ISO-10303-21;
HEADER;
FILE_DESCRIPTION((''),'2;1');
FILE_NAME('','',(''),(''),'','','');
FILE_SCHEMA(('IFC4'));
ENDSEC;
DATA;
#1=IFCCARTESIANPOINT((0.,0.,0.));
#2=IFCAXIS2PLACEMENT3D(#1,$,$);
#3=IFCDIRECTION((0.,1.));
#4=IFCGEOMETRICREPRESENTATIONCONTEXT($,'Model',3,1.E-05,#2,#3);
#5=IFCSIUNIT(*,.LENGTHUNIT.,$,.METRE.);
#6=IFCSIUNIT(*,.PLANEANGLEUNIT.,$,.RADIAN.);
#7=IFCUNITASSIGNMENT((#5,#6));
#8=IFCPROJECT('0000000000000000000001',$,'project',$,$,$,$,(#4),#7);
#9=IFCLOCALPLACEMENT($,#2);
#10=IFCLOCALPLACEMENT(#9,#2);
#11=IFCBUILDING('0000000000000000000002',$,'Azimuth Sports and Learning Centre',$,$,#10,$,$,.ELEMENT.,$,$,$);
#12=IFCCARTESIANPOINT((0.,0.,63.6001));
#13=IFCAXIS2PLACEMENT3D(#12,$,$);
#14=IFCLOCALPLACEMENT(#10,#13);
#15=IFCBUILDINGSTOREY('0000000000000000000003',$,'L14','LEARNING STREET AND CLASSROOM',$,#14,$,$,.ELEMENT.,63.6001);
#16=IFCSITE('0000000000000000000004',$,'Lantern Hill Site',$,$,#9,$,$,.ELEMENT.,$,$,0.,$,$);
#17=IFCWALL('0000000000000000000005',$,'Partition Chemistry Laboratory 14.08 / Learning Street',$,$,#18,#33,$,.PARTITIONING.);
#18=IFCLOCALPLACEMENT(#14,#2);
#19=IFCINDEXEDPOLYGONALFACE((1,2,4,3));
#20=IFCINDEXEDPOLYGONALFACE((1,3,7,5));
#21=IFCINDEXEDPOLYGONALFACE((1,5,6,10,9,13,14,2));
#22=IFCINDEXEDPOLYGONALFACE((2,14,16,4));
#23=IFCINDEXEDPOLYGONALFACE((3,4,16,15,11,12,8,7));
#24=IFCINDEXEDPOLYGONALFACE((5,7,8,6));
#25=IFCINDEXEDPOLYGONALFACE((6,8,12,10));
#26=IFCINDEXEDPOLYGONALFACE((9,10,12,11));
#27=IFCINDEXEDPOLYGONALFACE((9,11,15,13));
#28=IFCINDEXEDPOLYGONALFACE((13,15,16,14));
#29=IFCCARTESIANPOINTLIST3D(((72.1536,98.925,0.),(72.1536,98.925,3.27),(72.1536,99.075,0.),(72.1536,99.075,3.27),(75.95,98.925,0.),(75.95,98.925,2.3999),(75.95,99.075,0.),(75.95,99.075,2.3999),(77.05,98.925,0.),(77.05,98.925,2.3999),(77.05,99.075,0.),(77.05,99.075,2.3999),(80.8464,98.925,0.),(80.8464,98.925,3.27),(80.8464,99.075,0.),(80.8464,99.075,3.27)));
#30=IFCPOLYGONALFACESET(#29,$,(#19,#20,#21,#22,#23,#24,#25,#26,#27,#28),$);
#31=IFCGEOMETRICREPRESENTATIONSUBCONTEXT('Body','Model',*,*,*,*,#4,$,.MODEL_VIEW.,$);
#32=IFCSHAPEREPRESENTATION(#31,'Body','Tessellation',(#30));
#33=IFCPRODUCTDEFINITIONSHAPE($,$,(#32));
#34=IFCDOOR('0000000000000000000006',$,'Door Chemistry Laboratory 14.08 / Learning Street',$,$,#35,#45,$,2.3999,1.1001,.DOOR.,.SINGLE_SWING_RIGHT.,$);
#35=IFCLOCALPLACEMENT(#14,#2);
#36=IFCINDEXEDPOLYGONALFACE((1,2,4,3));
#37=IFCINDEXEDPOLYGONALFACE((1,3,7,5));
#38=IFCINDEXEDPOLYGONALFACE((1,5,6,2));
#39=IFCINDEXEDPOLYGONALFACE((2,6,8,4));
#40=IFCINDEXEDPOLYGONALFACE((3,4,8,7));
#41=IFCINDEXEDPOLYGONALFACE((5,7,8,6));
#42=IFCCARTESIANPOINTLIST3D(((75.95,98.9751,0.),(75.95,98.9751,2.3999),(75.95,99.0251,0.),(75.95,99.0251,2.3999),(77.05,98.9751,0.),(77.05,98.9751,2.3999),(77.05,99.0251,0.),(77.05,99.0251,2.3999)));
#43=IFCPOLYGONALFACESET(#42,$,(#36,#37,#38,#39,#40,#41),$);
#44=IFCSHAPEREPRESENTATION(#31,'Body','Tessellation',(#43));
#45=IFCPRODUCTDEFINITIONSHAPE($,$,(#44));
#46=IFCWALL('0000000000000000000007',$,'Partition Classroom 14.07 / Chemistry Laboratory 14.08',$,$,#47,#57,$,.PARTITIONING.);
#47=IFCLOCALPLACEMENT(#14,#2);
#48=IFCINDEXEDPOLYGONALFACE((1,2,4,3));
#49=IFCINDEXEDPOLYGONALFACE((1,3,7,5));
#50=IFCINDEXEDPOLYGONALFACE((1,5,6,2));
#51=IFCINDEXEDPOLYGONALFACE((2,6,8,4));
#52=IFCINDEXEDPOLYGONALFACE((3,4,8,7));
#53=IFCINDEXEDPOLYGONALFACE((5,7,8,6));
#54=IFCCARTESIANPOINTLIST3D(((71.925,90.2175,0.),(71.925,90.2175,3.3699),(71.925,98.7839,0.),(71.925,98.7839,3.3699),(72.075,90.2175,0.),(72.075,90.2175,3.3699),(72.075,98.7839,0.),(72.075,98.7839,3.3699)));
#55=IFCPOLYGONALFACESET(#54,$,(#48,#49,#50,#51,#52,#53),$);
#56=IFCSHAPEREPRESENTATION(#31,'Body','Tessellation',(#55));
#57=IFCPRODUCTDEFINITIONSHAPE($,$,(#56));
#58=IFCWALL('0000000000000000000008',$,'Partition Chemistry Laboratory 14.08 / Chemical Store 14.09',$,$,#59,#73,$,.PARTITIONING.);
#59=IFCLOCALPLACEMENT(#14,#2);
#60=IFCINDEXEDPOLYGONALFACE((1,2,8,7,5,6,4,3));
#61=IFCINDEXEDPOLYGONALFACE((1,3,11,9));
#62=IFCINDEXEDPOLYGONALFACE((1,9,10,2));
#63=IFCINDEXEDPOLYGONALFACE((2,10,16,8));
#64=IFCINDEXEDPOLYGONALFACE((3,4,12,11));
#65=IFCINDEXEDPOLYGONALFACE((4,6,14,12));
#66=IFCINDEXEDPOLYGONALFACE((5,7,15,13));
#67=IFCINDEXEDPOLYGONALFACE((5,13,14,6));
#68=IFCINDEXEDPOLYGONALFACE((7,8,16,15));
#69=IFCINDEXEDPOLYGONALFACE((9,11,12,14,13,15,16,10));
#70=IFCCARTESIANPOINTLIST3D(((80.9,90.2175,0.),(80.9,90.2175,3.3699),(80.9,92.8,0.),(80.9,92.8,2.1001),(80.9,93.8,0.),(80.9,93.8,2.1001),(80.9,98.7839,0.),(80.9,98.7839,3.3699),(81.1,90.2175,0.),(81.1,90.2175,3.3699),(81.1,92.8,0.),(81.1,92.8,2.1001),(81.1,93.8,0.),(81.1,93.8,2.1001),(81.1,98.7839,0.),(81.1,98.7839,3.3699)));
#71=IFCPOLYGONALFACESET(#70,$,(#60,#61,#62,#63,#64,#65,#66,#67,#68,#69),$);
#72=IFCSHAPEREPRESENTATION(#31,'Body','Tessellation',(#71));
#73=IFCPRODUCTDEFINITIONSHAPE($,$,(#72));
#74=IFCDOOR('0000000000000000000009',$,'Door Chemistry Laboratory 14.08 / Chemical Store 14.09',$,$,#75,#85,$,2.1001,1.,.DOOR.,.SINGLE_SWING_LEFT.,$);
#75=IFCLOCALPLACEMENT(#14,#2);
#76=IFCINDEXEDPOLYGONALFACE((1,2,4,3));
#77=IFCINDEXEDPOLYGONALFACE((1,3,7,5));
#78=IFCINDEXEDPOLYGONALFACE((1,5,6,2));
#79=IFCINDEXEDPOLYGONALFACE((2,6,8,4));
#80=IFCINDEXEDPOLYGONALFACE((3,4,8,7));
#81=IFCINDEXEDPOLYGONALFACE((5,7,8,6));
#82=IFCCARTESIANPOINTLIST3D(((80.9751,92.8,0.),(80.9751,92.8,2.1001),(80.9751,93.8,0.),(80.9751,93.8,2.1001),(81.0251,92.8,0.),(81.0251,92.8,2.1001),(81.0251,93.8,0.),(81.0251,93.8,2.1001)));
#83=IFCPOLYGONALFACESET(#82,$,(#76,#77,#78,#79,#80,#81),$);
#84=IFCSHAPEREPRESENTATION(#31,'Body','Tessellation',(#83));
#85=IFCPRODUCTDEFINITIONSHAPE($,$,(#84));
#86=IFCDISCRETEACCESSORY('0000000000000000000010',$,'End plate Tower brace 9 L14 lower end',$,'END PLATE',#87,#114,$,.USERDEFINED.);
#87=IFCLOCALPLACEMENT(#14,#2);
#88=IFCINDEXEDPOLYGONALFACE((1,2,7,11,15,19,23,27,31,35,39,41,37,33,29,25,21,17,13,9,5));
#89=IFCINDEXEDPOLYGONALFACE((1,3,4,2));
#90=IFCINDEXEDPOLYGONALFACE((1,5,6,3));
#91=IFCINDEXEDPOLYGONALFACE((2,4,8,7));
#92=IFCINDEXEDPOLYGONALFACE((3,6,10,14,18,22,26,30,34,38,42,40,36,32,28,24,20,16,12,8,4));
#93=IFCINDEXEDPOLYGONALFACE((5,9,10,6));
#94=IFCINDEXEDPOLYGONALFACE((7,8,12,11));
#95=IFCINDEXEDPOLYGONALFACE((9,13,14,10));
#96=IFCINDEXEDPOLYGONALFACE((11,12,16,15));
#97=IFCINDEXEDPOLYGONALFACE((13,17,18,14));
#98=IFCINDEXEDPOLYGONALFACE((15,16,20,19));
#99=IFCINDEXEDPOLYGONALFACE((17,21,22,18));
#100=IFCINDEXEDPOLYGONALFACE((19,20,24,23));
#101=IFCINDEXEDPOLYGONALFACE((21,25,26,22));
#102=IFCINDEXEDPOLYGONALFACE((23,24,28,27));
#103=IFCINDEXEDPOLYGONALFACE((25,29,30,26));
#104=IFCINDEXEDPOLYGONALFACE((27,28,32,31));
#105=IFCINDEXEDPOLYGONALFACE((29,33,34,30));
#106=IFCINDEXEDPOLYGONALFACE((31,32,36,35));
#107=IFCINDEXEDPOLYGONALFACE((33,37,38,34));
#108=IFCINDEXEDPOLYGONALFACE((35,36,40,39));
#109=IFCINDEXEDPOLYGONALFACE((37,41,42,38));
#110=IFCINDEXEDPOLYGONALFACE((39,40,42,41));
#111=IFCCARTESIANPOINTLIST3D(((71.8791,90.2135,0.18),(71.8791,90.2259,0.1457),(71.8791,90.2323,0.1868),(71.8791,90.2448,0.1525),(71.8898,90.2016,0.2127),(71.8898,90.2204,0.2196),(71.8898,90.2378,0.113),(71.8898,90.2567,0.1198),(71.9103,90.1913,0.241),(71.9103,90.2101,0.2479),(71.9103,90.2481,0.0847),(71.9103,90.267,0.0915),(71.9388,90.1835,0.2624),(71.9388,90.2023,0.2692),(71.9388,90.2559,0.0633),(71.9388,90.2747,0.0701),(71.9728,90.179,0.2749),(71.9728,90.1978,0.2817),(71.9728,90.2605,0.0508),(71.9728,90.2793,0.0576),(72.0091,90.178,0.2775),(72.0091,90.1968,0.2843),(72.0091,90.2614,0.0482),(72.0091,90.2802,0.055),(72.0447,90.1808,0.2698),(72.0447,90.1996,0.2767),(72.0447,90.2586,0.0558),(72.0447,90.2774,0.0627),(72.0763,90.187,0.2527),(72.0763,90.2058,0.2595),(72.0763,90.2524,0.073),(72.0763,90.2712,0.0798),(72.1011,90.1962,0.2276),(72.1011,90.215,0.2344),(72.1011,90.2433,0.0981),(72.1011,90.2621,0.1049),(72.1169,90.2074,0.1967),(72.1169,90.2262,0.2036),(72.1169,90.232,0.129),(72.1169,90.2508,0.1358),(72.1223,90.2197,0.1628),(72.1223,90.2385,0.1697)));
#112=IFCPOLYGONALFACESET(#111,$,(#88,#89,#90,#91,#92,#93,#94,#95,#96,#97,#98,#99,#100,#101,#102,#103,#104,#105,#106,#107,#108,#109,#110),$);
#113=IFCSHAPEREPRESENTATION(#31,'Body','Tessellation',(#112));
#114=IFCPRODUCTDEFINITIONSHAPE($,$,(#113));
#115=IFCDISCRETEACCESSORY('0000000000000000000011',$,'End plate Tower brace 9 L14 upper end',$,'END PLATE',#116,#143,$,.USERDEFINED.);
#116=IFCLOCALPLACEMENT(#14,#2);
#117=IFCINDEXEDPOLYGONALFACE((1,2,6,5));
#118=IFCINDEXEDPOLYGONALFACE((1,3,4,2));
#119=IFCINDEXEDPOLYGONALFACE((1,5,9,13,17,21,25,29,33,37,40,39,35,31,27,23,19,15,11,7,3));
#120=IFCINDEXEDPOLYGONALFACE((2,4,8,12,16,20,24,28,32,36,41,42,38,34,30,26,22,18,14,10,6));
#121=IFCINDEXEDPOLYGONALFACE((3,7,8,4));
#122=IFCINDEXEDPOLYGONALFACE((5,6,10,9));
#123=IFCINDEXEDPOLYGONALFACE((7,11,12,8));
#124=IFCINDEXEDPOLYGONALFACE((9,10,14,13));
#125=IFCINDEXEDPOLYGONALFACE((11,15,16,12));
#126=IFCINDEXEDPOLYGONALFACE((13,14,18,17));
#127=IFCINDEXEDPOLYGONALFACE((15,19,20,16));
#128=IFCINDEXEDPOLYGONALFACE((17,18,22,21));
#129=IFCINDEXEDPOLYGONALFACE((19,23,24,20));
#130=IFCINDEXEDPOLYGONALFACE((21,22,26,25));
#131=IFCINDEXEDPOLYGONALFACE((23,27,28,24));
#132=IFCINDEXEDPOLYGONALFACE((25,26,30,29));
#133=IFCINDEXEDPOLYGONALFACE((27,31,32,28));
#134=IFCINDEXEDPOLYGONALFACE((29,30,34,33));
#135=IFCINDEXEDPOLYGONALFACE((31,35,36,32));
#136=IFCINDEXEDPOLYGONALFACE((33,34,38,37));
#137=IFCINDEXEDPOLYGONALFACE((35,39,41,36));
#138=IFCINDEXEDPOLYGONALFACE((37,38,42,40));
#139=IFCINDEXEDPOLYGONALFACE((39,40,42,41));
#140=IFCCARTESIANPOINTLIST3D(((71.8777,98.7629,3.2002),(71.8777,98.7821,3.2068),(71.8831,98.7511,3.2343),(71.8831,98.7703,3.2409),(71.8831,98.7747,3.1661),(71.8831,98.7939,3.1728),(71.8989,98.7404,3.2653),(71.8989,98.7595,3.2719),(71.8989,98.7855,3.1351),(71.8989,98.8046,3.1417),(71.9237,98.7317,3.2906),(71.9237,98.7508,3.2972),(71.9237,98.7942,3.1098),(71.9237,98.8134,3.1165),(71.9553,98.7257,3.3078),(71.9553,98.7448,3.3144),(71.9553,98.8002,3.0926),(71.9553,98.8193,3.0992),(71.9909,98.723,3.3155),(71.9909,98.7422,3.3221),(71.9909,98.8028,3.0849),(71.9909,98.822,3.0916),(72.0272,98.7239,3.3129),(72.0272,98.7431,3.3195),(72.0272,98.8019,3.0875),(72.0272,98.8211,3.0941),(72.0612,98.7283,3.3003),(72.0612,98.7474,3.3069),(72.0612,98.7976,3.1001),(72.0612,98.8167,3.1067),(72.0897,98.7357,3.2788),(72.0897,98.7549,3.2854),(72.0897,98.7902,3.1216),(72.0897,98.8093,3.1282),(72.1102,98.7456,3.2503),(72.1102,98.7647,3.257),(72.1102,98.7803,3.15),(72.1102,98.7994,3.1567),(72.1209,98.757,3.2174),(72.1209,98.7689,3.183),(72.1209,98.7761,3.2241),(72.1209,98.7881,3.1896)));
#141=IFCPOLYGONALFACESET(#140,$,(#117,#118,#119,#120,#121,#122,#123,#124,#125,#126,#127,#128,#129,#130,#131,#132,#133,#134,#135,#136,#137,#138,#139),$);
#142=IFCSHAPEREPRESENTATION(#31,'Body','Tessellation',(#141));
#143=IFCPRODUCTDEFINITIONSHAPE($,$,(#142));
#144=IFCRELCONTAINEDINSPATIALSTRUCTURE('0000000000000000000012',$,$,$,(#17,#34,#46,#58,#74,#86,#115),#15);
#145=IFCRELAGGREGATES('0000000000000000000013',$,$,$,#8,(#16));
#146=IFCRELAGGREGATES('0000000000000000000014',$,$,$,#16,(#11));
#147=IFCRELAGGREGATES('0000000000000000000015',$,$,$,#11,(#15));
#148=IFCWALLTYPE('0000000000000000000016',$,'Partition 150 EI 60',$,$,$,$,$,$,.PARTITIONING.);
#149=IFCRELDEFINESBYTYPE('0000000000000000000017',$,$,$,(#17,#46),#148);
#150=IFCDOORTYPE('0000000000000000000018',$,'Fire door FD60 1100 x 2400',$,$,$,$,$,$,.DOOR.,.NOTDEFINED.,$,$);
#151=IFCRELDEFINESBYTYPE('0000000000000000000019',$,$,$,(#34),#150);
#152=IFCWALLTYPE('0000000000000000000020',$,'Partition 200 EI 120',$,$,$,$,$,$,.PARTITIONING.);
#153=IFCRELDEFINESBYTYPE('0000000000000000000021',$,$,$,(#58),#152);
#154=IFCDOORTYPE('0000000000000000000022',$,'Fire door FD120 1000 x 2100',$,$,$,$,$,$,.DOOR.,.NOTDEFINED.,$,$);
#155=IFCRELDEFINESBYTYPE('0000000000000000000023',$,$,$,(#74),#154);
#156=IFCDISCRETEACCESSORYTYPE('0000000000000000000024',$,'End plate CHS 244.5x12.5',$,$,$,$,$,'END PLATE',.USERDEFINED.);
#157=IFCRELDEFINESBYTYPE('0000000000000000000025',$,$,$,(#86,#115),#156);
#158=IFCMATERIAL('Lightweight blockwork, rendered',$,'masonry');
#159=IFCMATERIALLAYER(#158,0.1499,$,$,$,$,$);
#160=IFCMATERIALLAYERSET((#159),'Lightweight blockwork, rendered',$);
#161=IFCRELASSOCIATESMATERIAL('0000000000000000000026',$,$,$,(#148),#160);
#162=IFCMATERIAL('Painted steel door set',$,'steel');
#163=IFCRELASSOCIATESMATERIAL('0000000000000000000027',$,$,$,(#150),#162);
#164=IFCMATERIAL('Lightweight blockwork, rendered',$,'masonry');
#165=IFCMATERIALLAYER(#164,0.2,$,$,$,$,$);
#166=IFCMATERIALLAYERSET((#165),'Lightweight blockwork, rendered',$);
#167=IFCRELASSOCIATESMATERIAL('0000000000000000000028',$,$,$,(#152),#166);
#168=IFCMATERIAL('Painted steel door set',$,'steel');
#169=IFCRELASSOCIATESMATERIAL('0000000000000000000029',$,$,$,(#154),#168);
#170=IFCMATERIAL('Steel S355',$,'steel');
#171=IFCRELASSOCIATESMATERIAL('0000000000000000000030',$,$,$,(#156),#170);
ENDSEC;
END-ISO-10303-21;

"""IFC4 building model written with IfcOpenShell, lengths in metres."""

from ifc_helpers import new_model, si_unit, direction, frame, frame_2d, origin, origin_2d, place, context, subcontext, project, spatial, rectangle, circle, extrude, material, layer, layer_set, material_profile, profile_set, type_object, element, fill, save


model = new_model("IFC4")

# Units and contexts
model_context = context("Model", 3, precision=1e-05, world=origin(), true_north=direction((0.0, 1.0)))
body_context = subcontext(model_context, "Body", "Model", "MODEL_VIEW")
ifc_project = project(units=[si_unit("LENGTHUNIT", "METRE"), si_unit("PLANEANGLEUNIT", "RADIAN")], contexts=[model_context])

# Site, building, storey
site_placement = place(None, origin())
site = spatial("IfcSite", under=ifc_project, at=site_placement, Name="Lantern Hill Site", CompositionType="ELEMENT", RefElevation=0.0)
building_placement = place(site_placement, origin())
building = spatial("IfcBuilding", under=site, at=building_placement, Name="Azimuth Sports and Learning Centre", CompositionType="ELEMENT")
storey_placement = place(building_placement, frame((0.0, 0.0, 63.6001)))
storey = spatial("IfcBuildingStorey", under=building, at=storey_placement, Name="L14", Description="LEARNING STREET AND CLASSROOM", CompositionType="ELEMENT", Elevation=63.6001)

# Wall, opening, door
ifc_material_1 = material(Name="Lightweight blockwork, rendered", Category="masonry")
ifc_layer_1 = layer(ifc_material_1, 0.1499)
ifc_layer_set_1 = layer_set([ifc_layer_1], Name="Lightweight blockwork, rendered")
wall_type_1 = type_object("IfcWallType", Name="Partition 150 EI 60", PredefinedType="PARTITIONING", material=ifc_layer_set_1)
wall_1_placement = place(storey_placement, frame((72.1536, 99.0, 0.0), z_axis=(0.0, 0.0, 1.0), x_axis=(1.0, 0.0, 0.0)))
wall_1 = element("IfcWall", 1, at=wall_1_placement, inside=storey, type_object=wall_type_1, Name="Partition Chemistry Laboratory 14.08 / Learning Street", PredefinedType="PARTITIONING", context=body_context, shape_type="SweptSolid", body=[
    extrude(rectangle(XDim=8.6929, YDim=0.1499, at=frame_2d((4.3464, 0.0))), origin(), (0.0, 0.0, 1.0), 3.27),
])
opening_1_placement = place(wall_1_placement, frame((3.7964, 0.0, 0.0)))
opening_1 = element("IfcOpeningElement", 2, at=opening_1_placement, cuts=wall_1, PredefinedType="OPENING", context=body_context, shape_type="SweptSolid", body=[
    extrude(rectangle(XDim=1.1001, YDim=2.3999, at=frame_2d((0.55, 1.2))), frame((0.0, 0.0859, 0.0), z_axis=(0.0, -1.0, 0.0), x_axis=(1.0, 0.0, 0.0)), (0.0, 0.0, 1.0), 0.1719),
])
ifc_material_2 = material(Name="Painted steel door set", Category="steel")
door_type_1 = type_object("IfcDoorType", Name="Fire door FD60 1100 x 2400", OperationType="NOTDEFINED", PredefinedType="DOOR", material=ifc_material_2)
door_1_placement = place(opening_1_placement, frame((1.1001, 0.0, 0.0), z_axis=(0.0, 0.0, 1.0), x_axis=(-1.0, 0.0, 0.0)))
door_1 = element("IfcDoor", 3, at=door_1_placement, inside=storey, type_object=door_type_1, Name="Door Chemistry Laboratory 14.08 / Learning Street", OperationType="SINGLE_SWING_RIGHT", OverallHeight=2.3999, OverallWidth=1.1001, PredefinedType="DOOR", context=body_context, shape_type="SweptSolid", body=[
    extrude(rectangle(XDim=1.1001, YDim=2.3999, at=frame_2d((0.55, 1.2))), frame((0.0, 0.0249, 0.0), z_axis=(0.0, -1.0, 0.0), x_axis=(1.0, 0.0, 0.0)), (0.0, 0.0, 1.0), 0.05),
])
fill(opening_1, door_1)

# Wall
wall_2_placement = place(storey_placement, frame((72.0, 90.2175, 0.0), z_axis=(0.0, 0.0, 1.0), x_axis=(0.0, 1.0, 0.0)))
element("IfcWall", 4, at=wall_2_placement, inside=storey, type_object=wall_type_1, Name="Partition Classroom 14.07 / Chemistry Laboratory 14.08", PredefinedType="PARTITIONING", context=body_context, shape_type="SweptSolid", body=[
    extrude(rectangle(XDim=8.5664, YDim=0.1499, at=frame_2d((4.2832, 0.0))), origin(), (0.0, 0.0, 1.0), 3.3699),
])

# Wall, opening, door
ifc_material_3 = material(Name="Lightweight blockwork, rendered", Category="masonry")
ifc_layer_2 = layer(ifc_material_3, 0.2)
ifc_layer_set_2 = layer_set([ifc_layer_2], Name="Lightweight blockwork, rendered")
wall_type_2 = type_object("IfcWallType", Name="Partition 200 EI 120", PredefinedType="PARTITIONING", material=ifc_layer_set_2)
wall_3_placement = place(storey_placement, frame((81.0, 90.2175, 0.0), z_axis=(0.0, 0.0, 1.0), x_axis=(0.0, 1.0, 0.0)))
wall_3 = element("IfcWall", 5, at=wall_3_placement, inside=storey, type_object=wall_type_2, Name="Partition Chemistry Laboratory 14.08 / Chemical Store 14.09", PredefinedType="PARTITIONING", context=body_context, shape_type="SweptSolid", body=[
    extrude(rectangle(XDim=8.5664, YDim=0.2, at=frame_2d((4.2832, 0.0))), origin(), (0.0, 0.0, 1.0), 3.3699),
])
opening_2_placement = place(wall_3_placement, frame((2.5825, 0.0, 0.0)))
opening_2 = element("IfcOpeningElement", 6, at=opening_2_placement, cuts=wall_3, PredefinedType="OPENING", context=body_context, shape_type="SweptSolid", body=[
    extrude(rectangle(XDim=1.0, YDim=2.1001, at=frame_2d((0.5, 1.05))), frame((0.0, 0.1108, 0.0), z_axis=(0.0, -1.0, 0.0), x_axis=(1.0, 0.0, 0.0)), (0.0, 0.0, 1.0), 0.2219),
])
ifc_material_4 = material(Name="Painted steel door set", Category="steel")
door_type_2 = type_object("IfcDoorType", Name="Fire door FD120 1000 x 2100", OperationType="NOTDEFINED", PredefinedType="DOOR", material=ifc_material_4)
door_2_placement = place(opening_2_placement, origin())
door_2 = element("IfcDoor", 7, at=door_2_placement, inside=storey, type_object=door_type_2, Name="Door Chemistry Laboratory 14.08 / Chemical Store 14.09", OperationType="SINGLE_SWING_LEFT", OverallHeight=2.1001, OverallWidth=1.0, PredefinedType="DOOR", context=body_context, shape_type="SweptSolid", body=[
    extrude(rectangle(XDim=1.0, YDim=2.1001, at=frame_2d((0.5, 1.05))), frame((0.0, 0.0249, 0.0), z_axis=(0.0, -1.0, 0.0), x_axis=(1.0, 0.0, 0.0)), (0.0, 0.0, 1.0), 0.05),
])
fill(opening_2, door_2)

# Discrete accessories
ifc_material_5 = material(Name="Steel S355", Category="steel")
ifc_material_profile_1 = material_profile(ifc_material_5, circle(Radius=0.1223, at=origin_2d()), Name="PL 244 DISC")
ifc_profile_set_1 = profile_set([ifc_material_profile_1], Name="Steel S355")
discrete_accessory_type = type_object("IfcDiscreteAccessoryType", Name="End plate CHS 244.5x12.5", ElementType="END PLATE", PredefinedType="USERDEFINED", material=ifc_profile_set_1)
discrete_accessory_1_placement = place(storey_placement, frame((72.0, 90.2385, 0.1697), z_axis=(0.0, -0.939793, -0.341743), x_axis=(1.0, 0.0, 0.0)))
element("IfcDiscreteAccessory", 8, at=discrete_accessory_1_placement, inside=storey, type_object=discrete_accessory_type, Name="End plate Tower brace 9 L14 lower end", ObjectType="END PLATE", PredefinedType="USERDEFINED", context=body_context, shape_type="SweptSolid", body=[
    extrude(circle(Radius=0.1223, at=origin_2d()), origin(), (0.0, 0.0, 1.0), 0.02),
])
discrete_accessory_2_placement = place(storey_placement, frame((72.0, 98.7629, 3.2002), z_axis=(0.0, 0.944986, 0.327111), x_axis=(-1.0, 0.0, 0.0)))
element("IfcDiscreteAccessory", 9, at=discrete_accessory_2_placement, inside=storey, type_object=discrete_accessory_type, Name="End plate Tower brace 9 L14 upper end", ObjectType="END PLATE", PredefinedType="USERDEFINED", context=body_context, shape_type="SweptSolid", body=[
    extrude(circle(Radius=0.1223, at=origin_2d()), origin(), (0.0, 0.0, 1.0), 0.0203),
])

save(model, "model.ifc")
